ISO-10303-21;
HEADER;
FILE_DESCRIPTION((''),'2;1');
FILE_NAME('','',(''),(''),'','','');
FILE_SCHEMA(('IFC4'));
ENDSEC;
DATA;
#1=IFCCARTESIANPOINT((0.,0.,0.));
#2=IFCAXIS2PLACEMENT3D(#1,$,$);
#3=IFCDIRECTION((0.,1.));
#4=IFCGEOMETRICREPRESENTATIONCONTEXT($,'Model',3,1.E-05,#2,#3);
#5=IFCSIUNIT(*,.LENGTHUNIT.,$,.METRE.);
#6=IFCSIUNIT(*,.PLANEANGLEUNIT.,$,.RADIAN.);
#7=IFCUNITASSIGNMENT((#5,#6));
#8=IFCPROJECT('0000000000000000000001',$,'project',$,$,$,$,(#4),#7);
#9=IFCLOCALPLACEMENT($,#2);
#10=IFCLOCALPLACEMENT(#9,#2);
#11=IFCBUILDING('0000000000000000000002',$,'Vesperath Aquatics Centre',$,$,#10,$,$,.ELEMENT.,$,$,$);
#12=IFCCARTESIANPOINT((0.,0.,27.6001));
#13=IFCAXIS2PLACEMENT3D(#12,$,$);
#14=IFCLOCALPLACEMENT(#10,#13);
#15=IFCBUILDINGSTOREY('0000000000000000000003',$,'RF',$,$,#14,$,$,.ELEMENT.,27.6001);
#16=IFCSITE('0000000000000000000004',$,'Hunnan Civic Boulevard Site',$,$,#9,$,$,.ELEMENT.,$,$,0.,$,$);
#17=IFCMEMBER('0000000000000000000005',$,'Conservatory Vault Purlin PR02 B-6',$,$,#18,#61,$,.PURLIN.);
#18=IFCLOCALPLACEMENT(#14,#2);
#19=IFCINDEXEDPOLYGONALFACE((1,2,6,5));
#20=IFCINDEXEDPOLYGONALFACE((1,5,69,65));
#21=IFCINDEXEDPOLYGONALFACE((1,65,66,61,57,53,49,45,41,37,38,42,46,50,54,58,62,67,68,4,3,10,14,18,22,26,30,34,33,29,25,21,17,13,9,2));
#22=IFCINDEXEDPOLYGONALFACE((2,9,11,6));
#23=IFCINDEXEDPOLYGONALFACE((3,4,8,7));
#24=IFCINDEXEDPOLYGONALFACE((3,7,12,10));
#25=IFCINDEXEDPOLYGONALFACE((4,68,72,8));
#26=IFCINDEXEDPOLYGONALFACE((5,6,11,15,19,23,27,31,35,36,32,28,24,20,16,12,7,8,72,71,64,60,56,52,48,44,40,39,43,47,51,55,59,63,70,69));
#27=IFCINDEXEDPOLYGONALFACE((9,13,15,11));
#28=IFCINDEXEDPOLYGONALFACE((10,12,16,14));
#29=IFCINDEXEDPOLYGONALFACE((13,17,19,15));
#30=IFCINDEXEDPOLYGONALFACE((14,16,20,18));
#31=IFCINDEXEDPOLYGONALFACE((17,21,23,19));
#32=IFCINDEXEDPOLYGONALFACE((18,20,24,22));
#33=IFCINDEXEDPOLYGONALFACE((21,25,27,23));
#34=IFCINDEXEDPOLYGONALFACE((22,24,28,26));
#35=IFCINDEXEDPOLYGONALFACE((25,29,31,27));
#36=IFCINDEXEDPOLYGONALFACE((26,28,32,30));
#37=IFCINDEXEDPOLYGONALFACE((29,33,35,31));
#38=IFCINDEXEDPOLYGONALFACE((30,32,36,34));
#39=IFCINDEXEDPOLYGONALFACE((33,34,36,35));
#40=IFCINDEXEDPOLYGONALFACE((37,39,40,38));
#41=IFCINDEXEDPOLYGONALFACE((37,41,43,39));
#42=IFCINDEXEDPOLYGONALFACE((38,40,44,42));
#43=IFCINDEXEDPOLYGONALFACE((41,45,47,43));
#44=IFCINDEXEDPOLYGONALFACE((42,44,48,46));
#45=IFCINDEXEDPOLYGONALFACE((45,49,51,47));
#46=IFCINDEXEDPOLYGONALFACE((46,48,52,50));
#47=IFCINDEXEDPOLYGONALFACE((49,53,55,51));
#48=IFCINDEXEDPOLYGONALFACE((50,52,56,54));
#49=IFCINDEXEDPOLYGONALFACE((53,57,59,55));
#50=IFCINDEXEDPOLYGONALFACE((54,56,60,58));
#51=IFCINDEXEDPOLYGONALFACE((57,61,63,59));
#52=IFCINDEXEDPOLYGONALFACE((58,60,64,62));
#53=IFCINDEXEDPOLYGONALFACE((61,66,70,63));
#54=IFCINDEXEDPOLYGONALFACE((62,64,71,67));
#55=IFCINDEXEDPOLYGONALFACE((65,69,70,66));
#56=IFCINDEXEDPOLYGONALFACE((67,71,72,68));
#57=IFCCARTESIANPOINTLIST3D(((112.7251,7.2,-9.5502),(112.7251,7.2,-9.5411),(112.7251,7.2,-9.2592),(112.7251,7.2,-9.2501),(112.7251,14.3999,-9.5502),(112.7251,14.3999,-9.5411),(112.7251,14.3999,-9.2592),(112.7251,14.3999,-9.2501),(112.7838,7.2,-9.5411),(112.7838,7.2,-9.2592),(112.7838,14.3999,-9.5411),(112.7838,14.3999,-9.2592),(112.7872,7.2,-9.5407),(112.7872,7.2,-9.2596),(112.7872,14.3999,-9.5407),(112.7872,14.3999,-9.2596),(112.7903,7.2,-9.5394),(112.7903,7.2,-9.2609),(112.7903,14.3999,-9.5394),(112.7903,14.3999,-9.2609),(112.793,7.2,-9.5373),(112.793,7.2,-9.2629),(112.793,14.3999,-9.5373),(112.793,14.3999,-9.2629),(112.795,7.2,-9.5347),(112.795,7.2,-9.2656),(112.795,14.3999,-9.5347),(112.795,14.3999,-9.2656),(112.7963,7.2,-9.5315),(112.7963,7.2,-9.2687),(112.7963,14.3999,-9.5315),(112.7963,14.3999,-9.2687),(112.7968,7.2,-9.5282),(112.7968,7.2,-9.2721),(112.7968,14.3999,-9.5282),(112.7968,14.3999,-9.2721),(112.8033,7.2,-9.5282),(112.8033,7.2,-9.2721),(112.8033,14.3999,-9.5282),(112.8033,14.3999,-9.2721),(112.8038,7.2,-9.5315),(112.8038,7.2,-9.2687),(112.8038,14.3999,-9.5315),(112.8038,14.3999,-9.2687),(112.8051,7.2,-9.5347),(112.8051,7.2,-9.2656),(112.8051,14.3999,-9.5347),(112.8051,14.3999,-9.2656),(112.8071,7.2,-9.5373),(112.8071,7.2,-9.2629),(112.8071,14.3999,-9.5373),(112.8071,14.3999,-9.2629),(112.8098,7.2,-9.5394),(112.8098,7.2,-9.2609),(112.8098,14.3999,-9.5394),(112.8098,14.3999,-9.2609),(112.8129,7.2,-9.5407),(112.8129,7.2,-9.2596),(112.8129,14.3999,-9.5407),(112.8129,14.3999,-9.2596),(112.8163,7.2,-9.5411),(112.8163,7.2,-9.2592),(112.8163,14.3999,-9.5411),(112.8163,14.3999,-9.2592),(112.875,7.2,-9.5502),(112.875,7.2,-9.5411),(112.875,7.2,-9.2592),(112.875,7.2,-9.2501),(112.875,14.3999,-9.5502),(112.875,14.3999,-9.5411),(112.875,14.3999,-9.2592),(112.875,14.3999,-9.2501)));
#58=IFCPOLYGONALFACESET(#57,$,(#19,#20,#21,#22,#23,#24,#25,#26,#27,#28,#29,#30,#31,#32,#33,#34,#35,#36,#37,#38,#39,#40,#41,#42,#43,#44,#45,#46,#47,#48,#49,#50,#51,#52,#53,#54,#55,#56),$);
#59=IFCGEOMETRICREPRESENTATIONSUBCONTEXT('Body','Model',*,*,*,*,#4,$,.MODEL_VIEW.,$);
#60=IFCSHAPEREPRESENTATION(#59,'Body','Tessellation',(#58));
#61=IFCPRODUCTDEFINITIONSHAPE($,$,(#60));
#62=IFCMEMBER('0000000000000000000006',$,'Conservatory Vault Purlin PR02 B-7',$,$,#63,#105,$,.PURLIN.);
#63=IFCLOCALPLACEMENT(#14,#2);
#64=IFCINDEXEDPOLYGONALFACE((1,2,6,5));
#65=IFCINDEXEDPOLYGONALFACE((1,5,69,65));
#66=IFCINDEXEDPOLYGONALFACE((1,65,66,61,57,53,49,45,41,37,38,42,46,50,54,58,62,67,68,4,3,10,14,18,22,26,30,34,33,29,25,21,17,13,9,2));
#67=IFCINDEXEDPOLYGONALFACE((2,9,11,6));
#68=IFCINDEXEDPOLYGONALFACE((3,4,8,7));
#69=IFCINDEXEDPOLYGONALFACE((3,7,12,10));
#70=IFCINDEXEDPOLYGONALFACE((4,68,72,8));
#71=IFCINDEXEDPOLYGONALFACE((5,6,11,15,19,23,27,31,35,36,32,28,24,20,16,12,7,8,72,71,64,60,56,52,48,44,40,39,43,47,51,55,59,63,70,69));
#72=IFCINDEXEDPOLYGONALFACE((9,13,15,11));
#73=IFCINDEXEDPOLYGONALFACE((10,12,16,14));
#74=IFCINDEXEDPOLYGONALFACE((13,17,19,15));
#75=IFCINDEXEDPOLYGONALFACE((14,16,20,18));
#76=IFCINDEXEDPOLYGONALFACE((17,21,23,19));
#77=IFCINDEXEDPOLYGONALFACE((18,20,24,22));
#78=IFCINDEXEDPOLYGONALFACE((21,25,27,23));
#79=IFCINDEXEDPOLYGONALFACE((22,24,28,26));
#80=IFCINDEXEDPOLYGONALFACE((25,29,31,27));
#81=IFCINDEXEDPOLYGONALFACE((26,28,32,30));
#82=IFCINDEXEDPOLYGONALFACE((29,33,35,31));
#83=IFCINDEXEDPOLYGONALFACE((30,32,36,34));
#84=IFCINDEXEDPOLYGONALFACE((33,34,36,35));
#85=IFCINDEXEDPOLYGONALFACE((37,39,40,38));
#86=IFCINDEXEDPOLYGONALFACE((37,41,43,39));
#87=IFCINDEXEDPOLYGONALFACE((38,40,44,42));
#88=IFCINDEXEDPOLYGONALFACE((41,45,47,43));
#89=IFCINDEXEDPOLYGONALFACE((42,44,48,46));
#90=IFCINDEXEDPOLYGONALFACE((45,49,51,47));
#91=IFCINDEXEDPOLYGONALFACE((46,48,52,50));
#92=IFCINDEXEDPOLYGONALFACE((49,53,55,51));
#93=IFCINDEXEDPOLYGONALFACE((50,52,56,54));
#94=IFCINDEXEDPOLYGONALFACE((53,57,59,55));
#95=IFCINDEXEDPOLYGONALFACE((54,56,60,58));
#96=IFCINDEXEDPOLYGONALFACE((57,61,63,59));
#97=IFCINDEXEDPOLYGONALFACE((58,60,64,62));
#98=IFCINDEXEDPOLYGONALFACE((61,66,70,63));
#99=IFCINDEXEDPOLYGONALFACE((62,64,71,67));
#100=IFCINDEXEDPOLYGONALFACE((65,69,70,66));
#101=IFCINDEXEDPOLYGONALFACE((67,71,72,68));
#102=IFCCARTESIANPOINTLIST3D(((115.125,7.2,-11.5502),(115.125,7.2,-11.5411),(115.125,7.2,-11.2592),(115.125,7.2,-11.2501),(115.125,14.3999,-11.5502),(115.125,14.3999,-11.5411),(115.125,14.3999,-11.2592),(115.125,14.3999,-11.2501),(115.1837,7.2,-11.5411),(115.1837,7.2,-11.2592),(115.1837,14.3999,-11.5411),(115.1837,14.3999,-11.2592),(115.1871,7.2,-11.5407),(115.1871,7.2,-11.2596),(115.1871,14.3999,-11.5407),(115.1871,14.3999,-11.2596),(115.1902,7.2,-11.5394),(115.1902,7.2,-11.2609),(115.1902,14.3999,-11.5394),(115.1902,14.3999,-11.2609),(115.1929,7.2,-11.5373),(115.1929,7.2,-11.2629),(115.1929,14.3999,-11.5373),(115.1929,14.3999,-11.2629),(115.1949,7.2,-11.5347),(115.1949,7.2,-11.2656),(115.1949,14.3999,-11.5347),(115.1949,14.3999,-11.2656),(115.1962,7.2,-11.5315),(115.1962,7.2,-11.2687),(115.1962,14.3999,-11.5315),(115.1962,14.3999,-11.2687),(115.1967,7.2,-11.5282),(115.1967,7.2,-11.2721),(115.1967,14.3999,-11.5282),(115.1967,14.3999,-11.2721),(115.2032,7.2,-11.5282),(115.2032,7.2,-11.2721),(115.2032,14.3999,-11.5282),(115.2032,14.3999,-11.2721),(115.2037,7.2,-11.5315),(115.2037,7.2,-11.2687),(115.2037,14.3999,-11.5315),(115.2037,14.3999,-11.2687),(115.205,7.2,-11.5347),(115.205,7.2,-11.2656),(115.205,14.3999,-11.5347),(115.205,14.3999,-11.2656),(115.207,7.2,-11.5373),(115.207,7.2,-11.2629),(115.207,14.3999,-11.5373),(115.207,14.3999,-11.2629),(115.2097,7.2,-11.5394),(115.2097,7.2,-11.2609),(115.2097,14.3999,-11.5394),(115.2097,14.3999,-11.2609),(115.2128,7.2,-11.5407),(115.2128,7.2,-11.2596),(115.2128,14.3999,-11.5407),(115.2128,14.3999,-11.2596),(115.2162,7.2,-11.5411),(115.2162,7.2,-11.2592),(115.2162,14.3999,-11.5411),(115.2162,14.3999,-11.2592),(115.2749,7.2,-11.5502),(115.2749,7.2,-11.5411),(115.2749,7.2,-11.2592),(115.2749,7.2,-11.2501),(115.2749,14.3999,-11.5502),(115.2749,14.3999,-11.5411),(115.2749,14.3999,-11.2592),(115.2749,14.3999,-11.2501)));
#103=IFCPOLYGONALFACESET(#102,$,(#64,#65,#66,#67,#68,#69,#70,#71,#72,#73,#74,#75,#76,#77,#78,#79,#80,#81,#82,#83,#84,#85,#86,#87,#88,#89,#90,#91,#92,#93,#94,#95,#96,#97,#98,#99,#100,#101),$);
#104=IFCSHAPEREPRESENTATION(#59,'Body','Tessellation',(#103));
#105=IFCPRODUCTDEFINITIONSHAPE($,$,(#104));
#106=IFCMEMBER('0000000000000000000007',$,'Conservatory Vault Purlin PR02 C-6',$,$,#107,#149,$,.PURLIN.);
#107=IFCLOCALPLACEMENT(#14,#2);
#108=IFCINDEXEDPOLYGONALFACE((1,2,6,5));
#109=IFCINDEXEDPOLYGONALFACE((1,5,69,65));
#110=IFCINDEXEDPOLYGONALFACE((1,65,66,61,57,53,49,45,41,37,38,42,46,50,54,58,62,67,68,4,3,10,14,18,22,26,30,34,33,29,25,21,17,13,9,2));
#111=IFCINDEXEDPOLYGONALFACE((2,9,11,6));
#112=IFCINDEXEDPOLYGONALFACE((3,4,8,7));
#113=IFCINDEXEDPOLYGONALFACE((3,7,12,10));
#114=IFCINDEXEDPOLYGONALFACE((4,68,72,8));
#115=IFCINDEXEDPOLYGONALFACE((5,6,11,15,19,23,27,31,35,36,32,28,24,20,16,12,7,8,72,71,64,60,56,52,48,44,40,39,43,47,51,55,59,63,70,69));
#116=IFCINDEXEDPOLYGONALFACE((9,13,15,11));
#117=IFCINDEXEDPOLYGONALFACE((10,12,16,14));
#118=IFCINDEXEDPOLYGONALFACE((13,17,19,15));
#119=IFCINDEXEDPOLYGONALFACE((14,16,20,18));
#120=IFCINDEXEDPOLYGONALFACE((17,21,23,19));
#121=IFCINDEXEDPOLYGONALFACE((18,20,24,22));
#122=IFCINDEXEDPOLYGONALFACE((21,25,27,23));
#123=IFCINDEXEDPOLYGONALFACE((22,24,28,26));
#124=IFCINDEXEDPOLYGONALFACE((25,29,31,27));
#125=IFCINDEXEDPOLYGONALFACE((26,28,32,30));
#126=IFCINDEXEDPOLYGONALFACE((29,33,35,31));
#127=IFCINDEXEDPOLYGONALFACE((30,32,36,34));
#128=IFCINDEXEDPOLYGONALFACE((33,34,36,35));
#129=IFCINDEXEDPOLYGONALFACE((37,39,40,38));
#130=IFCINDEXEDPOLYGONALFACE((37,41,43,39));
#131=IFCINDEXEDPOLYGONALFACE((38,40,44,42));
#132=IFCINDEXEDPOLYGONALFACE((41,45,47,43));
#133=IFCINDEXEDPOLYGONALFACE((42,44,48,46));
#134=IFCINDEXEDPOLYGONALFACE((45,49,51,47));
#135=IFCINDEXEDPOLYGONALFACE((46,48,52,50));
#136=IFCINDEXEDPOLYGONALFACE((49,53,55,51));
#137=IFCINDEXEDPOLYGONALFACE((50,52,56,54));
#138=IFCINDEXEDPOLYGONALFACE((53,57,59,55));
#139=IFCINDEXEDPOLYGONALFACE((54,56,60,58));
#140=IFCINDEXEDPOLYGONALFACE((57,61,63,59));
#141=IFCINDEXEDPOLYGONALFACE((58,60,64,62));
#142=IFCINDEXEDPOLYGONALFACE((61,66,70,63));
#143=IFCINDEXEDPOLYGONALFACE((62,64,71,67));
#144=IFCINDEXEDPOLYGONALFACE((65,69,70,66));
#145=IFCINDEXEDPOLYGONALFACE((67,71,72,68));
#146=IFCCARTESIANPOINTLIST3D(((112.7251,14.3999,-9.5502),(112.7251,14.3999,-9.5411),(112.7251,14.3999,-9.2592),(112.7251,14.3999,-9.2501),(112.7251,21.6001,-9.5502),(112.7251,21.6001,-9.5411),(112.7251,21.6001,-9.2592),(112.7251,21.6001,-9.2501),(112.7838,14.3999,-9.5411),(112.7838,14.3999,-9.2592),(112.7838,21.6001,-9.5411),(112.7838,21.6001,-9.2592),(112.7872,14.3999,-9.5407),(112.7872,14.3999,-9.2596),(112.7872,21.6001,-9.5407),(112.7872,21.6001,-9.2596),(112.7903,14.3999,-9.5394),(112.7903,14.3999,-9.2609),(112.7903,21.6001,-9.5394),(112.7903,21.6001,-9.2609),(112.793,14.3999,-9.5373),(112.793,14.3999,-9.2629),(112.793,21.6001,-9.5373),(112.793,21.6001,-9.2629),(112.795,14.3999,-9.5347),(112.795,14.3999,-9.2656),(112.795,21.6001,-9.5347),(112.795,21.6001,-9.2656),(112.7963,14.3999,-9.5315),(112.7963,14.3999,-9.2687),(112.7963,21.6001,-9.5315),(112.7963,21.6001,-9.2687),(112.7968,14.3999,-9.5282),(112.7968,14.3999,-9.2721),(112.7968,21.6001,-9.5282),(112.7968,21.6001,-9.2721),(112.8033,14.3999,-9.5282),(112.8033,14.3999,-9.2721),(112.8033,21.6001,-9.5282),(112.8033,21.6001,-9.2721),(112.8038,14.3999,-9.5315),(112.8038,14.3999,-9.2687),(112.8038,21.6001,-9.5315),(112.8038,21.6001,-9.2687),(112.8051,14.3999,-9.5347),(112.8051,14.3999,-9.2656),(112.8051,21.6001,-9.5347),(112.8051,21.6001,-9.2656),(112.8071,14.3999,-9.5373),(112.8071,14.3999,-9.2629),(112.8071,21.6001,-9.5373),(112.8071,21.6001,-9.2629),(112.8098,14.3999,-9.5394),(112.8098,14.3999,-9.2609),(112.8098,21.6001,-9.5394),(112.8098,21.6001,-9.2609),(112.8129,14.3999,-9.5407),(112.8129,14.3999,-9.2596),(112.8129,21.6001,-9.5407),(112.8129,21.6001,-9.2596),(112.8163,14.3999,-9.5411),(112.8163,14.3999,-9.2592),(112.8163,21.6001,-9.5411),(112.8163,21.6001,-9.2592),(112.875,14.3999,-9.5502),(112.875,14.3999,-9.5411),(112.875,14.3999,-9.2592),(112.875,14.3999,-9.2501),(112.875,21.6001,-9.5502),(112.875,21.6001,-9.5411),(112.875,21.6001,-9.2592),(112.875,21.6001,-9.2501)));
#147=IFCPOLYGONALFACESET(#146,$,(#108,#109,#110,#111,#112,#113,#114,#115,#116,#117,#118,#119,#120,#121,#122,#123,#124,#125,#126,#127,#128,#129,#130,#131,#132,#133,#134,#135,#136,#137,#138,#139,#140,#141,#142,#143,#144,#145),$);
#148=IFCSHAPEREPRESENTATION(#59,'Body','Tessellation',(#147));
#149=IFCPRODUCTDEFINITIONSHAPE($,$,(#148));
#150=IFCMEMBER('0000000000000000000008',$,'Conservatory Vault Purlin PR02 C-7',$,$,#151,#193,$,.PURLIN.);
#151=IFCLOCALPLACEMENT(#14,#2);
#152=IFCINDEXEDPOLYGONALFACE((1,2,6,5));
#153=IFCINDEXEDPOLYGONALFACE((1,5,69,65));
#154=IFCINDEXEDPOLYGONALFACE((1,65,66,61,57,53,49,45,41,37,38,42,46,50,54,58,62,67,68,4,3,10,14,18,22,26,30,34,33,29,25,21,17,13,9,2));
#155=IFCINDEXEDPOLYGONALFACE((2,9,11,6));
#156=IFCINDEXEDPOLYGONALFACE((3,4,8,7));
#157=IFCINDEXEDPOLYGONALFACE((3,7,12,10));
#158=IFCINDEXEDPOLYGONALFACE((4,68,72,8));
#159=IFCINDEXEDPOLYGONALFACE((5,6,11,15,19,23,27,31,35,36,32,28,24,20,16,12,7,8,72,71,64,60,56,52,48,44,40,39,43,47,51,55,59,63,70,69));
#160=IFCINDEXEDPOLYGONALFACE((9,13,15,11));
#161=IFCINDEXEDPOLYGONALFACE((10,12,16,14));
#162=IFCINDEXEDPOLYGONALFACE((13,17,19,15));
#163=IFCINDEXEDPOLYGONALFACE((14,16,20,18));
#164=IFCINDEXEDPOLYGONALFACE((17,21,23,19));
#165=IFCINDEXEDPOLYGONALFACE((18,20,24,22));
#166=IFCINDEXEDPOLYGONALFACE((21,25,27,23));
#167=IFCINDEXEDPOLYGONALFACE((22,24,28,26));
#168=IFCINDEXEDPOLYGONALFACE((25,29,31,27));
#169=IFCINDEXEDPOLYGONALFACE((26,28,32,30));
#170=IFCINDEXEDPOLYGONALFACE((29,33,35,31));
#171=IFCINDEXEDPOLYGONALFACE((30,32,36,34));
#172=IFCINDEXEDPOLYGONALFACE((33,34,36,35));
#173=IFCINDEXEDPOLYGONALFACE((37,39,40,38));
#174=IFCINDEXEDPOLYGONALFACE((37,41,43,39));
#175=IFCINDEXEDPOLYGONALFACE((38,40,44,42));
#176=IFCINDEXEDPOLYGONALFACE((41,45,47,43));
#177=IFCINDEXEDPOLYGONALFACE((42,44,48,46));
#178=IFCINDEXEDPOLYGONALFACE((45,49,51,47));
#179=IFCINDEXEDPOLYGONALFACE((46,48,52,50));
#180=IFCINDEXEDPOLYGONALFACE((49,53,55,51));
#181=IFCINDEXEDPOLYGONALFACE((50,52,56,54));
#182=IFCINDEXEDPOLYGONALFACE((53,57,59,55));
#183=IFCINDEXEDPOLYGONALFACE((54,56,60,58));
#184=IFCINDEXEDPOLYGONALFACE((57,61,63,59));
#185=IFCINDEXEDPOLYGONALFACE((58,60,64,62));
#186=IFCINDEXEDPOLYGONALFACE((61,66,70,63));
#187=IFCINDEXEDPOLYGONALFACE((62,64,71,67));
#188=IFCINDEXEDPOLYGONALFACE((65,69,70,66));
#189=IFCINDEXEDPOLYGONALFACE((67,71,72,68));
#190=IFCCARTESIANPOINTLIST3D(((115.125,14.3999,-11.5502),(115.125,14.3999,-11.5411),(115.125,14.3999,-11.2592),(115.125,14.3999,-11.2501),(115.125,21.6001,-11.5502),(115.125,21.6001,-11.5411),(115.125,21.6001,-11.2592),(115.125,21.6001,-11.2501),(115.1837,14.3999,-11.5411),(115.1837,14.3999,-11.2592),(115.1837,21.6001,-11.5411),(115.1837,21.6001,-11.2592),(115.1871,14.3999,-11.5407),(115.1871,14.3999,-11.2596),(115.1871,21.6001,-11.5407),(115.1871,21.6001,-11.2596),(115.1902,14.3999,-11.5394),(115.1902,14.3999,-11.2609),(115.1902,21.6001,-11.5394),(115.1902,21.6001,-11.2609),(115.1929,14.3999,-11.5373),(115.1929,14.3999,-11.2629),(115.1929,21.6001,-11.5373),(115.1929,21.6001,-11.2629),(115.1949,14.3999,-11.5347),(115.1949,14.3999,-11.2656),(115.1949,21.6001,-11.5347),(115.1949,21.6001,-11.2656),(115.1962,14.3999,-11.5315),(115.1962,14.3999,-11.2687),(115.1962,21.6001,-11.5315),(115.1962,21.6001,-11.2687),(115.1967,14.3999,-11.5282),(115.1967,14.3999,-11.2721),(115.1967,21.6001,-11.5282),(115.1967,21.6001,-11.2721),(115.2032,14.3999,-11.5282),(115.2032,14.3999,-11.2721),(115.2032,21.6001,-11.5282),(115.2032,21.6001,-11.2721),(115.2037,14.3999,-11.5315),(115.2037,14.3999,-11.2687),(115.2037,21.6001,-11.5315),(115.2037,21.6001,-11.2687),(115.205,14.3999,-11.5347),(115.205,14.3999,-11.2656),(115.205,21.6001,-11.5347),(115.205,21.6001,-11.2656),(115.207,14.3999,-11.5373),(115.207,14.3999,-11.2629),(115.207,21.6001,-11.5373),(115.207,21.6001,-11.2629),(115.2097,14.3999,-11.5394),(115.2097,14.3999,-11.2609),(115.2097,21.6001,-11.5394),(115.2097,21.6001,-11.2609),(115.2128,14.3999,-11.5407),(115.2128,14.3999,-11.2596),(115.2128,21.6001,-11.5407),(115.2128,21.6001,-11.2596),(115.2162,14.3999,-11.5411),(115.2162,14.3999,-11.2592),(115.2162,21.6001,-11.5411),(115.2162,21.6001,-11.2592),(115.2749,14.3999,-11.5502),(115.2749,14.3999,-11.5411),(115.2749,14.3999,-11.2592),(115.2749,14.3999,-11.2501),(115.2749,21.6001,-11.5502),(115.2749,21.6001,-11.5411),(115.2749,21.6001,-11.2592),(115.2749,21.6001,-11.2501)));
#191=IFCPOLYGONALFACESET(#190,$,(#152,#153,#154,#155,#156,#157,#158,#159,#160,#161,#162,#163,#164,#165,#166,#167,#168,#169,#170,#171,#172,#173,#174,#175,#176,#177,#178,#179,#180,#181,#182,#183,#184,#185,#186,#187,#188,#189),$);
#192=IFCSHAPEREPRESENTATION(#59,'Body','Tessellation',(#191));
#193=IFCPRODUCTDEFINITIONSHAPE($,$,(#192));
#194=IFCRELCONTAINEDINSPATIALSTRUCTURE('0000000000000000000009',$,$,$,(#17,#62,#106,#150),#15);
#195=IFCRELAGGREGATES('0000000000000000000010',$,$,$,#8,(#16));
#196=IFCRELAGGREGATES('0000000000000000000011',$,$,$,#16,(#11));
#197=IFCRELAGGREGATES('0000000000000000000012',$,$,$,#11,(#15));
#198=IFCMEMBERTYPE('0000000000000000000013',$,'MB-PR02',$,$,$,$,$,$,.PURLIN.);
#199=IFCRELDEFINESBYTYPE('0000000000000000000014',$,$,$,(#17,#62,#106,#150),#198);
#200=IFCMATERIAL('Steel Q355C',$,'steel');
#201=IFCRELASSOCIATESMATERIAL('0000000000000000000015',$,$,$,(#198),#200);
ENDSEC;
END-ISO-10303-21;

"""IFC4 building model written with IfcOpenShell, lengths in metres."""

from ifc_helpers import new_model, si_unit, direction, frame, origin, origin_2d, place, context, subcontext, project, spatial, i_section, extrude, material, material_profile, profile_set, type_object, element, save


model = new_model("IFC4")

# Units and contexts
model_context = context("Model", 3, precision=1e-05, world=origin(), true_north=direction((0.0, 1.0)))
body_context = subcontext(model_context, "Body", "Model", "MODEL_VIEW")
ifc_project = project(units=[si_unit("LENGTHUNIT", "METRE"), si_unit("PLANEANGLEUNIT", "RADIAN")], contexts=[model_context])

# Site, building, storey
site_placement = place(None, origin())
site = spatial("IfcSite", under=ifc_project, at=site_placement, Name="Hunnan Civic Boulevard Site", CompositionType="ELEMENT", RefElevation=0.0)
building_placement = place(site_placement, origin())
building = spatial("IfcBuilding", under=site, at=building_placement, Name="Vesperath Aquatics Centre", CompositionType="ELEMENT")
storey_placement = place(building_placement, frame((0.0, 0.0, 27.6001)))
storey = spatial("IfcBuildingStorey", under=building, at=storey_placement, Name="RF", CompositionType="ELEMENT", Elevation=27.6001)

# Shared definitions
ifc_material_1 = material(Name="Steel Q355C", Category="steel")

# Members
ifc_material_profile_1 = material_profile(ifc_material_1, i_section(OverallWidth=0.1499, OverallDepth=0.3, WebThickness=0.0066, FlangeThickness=0.009, FilletRadius=0.0129, at=origin_2d()), Name="HN 300x150x6.5x9")
ifc_profile_set_1 = profile_set([ifc_material_profile_1], Name="Steel Q355C")
member_type_1 = type_object("IfcMemberType", Name="MB-PR02", PredefinedType="PURLIN", material=ifc_profile_set_1)
for number, where, z_axis, x_axis, name in (
    (1, (112.8, 7.2, -9.4001), (0.0, 1.0, 0.0), (-1.0, 0.0, 0.0), "Conservatory Vault Purlin PR02 B-6"),
    (2, (115.2, 7.2, -11.4001), (0.0, 1.0, 0.0), (-1.0, 0.0, 0.0), "Conservatory Vault Purlin PR02 B-7"),
):
    element("IfcMember", number, at=place(storey_placement, frame(where, z_axis=z_axis, x_axis=x_axis)), inside=storey, type_object=member_type_1, Name=name, PredefinedType="PURLIN", context=body_context, shape_type="SweptSolid", body=[
        extrude(i_section(OverallWidth=0.1499, OverallDepth=0.3, WebThickness=0.0066, FlangeThickness=0.009, FilletRadius=0.0129, at=origin_2d()), origin(), (0.0, 0.0, 1.0), 7.2),
    ])
for number, where, z_axis, x_axis, name in (
    (3, (112.8, 14.3999, -9.4001), (0.0, 1.0, 0.0), (-1.0, 0.0, 0.0), "Conservatory Vault Purlin PR02 C-6"),
    (4, (115.2, 14.3999, -11.4001), (0.0, 1.0, 0.0), (-1.0, 0.0, 0.0), "Conservatory Vault Purlin PR02 C-7"),
):
    element("IfcMember", number, at=place(storey_placement, frame(where, z_axis=z_axis, x_axis=x_axis)), inside=storey, type_object=member_type_1, Name=name, PredefinedType="PURLIN", context=body_context, shape_type="SweptSolid", body=[
        extrude(i_section(OverallWidth=0.1499, OverallDepth=0.3, WebThickness=0.0066, FlangeThickness=0.009, FilletRadius=0.0129, at=origin_2d()), origin(), (0.0, 0.0, 1.0), 7.2002),
    ])

save(model, "model.ifc")
